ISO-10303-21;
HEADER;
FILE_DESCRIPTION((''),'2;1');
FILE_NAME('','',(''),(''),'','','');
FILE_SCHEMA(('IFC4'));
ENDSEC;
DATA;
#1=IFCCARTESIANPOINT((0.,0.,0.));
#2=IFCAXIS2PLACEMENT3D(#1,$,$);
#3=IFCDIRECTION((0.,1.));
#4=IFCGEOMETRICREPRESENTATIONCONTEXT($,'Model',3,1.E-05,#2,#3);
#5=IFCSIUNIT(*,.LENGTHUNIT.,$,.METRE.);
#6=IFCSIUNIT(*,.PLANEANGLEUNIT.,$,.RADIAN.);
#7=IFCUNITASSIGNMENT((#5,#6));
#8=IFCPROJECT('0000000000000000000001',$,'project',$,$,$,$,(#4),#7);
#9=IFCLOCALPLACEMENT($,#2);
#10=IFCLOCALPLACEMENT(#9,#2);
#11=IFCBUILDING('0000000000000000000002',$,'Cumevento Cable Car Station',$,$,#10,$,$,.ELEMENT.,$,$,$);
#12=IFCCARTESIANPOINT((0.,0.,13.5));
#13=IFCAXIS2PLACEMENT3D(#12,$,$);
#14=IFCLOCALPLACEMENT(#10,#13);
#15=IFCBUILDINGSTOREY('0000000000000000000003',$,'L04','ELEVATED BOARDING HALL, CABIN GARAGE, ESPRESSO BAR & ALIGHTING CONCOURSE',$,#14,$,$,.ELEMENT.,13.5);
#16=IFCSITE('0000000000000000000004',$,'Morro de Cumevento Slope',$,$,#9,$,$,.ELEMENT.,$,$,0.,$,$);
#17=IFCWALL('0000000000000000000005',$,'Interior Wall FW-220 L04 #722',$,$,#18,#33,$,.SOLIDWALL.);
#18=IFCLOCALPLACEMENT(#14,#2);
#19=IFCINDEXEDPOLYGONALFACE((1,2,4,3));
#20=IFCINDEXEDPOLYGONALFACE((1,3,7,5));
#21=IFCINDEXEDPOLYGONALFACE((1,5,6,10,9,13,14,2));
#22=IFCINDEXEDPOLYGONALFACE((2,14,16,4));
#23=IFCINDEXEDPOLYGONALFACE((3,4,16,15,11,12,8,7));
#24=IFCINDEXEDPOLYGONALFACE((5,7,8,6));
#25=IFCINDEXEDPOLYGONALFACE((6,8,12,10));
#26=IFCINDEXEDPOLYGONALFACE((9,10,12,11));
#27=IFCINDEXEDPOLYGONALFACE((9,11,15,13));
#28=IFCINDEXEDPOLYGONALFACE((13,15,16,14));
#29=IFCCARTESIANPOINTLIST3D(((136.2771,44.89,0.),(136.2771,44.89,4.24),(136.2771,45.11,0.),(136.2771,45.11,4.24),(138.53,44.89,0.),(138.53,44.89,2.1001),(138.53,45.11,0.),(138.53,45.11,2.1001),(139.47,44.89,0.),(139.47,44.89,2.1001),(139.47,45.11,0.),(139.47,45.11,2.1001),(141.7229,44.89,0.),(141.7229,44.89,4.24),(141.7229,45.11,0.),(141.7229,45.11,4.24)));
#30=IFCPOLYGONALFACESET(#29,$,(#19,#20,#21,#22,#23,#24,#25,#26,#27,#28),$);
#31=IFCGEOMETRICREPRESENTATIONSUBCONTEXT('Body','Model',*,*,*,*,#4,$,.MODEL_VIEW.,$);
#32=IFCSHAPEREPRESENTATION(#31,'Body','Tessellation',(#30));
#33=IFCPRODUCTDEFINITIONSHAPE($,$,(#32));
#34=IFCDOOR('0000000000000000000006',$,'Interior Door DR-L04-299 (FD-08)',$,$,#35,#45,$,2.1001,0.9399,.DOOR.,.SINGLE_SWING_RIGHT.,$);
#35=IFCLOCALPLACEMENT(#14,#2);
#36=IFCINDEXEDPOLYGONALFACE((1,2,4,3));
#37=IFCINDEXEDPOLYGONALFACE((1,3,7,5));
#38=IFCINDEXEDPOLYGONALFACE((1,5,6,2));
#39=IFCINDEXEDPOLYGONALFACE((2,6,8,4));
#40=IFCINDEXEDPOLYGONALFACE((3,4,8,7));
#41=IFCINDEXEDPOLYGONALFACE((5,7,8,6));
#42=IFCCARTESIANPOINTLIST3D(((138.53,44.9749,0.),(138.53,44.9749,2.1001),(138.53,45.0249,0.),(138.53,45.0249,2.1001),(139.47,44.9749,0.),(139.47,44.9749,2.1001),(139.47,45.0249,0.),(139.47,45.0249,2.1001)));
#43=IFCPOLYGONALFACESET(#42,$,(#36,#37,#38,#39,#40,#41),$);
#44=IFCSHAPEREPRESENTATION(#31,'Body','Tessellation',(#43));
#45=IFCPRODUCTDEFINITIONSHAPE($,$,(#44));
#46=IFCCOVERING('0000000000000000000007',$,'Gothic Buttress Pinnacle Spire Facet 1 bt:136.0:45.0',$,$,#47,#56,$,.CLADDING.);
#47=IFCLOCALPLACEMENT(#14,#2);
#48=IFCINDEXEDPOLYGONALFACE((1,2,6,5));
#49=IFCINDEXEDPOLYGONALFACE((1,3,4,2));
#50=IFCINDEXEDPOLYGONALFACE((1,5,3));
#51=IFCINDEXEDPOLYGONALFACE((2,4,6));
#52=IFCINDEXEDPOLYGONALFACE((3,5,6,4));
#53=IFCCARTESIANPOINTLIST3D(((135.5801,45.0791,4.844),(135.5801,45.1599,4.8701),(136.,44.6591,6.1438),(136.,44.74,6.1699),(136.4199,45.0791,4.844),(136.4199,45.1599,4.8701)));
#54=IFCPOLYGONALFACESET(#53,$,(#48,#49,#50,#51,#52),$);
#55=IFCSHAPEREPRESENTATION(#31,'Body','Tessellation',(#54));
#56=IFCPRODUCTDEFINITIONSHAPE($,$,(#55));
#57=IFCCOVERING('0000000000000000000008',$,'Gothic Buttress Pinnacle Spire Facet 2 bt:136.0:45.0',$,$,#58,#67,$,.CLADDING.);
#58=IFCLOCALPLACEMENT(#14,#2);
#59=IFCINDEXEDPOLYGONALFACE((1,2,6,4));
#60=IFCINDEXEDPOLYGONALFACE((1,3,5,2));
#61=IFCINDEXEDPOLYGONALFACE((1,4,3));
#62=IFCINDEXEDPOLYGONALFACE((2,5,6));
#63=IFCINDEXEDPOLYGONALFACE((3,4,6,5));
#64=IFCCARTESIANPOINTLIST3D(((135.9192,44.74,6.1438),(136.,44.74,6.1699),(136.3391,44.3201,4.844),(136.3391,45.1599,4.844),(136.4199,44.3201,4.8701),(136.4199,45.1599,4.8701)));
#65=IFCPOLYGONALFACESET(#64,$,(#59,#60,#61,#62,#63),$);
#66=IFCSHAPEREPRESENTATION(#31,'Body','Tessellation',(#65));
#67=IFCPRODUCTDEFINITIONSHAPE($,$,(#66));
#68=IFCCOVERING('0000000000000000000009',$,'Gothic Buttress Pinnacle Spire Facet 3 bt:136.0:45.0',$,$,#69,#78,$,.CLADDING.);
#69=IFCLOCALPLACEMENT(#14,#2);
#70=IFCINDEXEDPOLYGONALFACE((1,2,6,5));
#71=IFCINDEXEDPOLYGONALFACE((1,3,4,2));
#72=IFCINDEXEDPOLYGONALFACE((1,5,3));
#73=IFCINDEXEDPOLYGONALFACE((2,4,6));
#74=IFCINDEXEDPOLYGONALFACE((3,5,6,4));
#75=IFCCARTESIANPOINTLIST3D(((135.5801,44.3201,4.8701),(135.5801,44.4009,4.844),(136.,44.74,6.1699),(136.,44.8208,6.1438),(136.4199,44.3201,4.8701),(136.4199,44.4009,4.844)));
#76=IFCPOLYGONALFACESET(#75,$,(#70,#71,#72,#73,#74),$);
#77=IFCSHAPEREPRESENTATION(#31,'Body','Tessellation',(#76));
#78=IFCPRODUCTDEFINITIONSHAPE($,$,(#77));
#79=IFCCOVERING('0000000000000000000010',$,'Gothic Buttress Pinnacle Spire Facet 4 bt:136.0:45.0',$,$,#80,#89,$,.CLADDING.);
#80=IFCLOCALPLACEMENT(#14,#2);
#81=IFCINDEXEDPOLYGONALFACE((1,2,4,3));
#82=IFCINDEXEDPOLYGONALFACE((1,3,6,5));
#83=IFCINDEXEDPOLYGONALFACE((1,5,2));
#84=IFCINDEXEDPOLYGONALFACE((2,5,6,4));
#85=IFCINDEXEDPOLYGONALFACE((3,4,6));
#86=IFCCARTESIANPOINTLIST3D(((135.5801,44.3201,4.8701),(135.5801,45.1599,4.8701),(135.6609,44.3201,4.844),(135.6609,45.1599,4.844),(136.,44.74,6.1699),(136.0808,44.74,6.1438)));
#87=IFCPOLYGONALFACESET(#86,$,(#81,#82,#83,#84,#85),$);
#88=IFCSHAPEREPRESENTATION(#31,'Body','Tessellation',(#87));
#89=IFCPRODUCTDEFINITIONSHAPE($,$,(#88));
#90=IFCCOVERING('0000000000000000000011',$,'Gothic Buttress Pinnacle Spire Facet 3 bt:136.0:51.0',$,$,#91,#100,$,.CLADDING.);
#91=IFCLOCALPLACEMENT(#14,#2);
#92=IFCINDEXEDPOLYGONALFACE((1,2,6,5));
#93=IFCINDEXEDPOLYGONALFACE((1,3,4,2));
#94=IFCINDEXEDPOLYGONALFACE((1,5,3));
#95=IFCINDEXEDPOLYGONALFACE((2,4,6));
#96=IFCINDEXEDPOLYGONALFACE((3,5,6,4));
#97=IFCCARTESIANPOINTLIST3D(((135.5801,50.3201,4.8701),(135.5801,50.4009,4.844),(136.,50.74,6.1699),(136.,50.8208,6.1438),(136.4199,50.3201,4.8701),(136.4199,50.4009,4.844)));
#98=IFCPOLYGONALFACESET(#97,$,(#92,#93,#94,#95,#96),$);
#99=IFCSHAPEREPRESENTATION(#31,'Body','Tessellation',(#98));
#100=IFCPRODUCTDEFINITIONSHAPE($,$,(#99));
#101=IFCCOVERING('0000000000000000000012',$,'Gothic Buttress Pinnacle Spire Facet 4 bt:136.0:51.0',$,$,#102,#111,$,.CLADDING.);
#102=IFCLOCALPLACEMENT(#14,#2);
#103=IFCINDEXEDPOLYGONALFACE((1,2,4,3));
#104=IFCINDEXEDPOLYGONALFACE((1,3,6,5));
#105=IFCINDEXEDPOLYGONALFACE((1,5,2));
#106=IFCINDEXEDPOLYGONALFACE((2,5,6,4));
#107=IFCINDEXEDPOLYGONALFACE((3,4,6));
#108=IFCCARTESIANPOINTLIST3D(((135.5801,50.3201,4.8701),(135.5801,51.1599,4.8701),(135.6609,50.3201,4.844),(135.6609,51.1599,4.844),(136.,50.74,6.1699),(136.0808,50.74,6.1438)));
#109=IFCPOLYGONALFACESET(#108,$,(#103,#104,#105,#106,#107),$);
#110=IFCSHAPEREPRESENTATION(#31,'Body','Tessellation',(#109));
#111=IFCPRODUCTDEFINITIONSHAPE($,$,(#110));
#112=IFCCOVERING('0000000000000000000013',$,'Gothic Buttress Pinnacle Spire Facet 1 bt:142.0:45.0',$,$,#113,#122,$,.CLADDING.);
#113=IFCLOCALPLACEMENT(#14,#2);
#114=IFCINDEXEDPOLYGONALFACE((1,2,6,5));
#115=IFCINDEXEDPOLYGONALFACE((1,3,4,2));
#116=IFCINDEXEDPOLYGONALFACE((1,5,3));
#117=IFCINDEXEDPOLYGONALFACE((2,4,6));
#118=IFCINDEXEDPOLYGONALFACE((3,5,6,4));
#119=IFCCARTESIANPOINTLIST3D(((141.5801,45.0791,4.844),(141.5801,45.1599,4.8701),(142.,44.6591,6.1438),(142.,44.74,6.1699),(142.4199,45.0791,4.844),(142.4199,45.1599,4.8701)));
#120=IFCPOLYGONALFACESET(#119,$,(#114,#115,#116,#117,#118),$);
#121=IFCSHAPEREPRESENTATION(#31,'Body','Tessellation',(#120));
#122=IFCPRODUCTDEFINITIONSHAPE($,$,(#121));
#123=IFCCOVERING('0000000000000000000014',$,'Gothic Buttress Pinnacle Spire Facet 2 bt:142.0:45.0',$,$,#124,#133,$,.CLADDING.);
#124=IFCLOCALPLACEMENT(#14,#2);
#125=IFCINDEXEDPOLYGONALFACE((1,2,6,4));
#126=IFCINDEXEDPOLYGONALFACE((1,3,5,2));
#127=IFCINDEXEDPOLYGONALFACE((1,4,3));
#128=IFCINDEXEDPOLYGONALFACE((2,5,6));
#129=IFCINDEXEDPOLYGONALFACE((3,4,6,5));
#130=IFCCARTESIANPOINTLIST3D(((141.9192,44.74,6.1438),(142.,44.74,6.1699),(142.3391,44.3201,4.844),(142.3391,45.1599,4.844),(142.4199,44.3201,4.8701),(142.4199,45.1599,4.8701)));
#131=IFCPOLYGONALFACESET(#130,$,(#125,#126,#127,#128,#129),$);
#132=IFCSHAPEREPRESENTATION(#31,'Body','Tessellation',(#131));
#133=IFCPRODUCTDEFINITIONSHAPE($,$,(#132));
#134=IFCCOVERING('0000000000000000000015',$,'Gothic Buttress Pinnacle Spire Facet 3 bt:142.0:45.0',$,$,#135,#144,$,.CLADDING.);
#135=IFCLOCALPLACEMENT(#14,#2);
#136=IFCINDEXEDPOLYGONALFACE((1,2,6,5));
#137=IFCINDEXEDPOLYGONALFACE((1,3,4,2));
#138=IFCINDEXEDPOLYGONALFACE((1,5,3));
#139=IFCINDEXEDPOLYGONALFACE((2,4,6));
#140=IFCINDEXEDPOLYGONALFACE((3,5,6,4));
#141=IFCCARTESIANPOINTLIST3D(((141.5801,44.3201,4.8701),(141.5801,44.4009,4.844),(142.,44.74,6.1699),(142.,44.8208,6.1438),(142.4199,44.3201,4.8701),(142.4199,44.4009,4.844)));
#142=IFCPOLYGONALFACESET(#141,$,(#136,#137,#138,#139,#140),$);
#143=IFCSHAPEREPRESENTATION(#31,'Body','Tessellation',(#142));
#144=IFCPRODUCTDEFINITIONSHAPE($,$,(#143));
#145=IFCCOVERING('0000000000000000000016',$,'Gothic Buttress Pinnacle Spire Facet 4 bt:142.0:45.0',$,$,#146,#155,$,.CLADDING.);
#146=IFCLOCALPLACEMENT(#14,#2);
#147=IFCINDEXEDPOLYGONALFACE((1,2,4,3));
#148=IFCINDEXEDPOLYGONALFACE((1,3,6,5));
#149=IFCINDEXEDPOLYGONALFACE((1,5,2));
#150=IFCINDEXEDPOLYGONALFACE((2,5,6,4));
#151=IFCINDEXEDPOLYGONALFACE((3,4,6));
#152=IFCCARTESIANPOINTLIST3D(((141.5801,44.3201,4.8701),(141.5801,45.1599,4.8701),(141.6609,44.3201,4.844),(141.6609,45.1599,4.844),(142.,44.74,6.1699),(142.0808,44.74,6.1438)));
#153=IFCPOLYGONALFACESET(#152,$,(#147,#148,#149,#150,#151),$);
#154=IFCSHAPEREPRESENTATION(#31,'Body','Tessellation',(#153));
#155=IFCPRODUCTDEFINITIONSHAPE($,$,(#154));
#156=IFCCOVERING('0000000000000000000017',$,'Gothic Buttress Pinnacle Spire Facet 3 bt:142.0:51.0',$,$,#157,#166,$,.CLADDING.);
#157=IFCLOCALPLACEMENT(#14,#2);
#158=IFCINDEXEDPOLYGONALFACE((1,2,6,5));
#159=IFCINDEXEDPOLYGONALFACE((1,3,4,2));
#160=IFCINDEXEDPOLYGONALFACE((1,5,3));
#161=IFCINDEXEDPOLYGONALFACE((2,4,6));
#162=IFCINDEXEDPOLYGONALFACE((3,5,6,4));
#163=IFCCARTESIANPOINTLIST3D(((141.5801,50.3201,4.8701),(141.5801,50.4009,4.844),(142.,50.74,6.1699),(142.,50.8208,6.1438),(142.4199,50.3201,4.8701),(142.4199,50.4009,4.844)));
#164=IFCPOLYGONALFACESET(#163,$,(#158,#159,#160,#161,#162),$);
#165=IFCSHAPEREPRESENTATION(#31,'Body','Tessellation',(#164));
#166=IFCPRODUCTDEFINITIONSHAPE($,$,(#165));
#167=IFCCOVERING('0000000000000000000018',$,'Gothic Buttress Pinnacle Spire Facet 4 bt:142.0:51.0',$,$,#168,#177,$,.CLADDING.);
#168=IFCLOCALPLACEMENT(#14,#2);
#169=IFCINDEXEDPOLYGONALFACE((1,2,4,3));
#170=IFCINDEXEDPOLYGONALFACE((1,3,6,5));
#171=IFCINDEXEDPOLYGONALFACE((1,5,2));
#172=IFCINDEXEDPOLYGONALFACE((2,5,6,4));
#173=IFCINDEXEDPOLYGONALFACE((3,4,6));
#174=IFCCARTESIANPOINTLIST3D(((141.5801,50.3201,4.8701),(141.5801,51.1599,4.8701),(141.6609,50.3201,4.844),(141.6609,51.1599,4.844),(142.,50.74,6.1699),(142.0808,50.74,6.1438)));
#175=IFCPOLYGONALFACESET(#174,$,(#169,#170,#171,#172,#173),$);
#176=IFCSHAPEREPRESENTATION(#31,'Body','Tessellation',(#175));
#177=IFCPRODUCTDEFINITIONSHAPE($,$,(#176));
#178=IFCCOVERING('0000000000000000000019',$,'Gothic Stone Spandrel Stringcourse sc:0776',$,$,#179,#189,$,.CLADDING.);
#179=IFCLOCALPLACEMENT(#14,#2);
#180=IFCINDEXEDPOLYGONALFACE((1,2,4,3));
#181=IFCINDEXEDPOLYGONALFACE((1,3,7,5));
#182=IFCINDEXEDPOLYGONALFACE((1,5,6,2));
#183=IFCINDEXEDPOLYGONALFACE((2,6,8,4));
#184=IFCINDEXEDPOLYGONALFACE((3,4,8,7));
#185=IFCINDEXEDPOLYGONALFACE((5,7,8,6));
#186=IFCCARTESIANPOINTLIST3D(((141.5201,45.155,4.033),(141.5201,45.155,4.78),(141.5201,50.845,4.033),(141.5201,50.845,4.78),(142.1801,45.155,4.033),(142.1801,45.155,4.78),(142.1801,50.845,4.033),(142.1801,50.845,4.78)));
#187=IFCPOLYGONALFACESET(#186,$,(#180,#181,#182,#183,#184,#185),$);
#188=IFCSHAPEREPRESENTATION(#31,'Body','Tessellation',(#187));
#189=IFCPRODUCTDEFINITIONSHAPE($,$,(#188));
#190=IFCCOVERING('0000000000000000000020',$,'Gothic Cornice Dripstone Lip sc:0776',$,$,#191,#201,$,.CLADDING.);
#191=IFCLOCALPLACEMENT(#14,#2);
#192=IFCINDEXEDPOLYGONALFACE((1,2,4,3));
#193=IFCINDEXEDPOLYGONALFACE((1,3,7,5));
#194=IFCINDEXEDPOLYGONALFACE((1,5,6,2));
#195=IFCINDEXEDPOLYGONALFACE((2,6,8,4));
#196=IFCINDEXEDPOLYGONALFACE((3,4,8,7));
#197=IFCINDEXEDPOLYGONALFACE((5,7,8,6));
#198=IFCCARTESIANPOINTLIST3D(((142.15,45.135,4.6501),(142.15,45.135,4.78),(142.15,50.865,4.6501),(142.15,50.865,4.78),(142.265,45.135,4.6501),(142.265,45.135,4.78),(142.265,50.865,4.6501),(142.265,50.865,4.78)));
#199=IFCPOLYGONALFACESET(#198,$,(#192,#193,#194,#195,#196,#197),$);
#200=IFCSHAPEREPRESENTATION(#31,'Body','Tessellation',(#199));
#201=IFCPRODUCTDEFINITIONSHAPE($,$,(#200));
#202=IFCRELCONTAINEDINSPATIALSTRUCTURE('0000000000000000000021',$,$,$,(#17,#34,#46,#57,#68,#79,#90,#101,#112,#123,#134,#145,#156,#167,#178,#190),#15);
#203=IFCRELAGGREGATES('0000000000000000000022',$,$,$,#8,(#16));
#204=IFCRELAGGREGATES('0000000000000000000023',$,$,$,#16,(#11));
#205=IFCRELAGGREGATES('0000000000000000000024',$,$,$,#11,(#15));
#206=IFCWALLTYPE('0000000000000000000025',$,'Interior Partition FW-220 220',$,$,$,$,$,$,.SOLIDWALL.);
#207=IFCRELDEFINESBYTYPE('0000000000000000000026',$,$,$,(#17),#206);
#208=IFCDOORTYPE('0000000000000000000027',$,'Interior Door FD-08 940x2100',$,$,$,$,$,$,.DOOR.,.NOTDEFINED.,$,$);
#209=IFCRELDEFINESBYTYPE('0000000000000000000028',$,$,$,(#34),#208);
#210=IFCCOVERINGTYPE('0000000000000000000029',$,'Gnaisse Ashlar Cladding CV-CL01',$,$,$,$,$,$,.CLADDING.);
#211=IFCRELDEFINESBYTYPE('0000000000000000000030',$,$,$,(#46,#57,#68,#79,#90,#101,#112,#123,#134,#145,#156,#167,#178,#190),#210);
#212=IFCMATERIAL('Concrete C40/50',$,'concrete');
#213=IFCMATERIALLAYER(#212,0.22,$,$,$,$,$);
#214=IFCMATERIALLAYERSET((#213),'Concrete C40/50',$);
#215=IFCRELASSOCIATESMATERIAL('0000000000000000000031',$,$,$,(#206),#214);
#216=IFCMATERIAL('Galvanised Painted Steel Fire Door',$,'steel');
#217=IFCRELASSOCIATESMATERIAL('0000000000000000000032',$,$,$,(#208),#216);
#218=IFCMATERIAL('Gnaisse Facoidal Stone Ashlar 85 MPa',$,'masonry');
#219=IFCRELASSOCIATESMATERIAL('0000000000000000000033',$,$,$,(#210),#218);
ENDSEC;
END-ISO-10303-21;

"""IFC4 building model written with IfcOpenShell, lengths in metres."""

from ifc_helpers import new_model, si_unit, direction, frame, frame_2d, origin, origin_2d, place, context, subcontext, project, spatial, polyline, rectangle, outline, extrude, material, layer, layer_set, type_object, element, fill, save


model = new_model("IFC4")

# Units and contexts
model_context = context("Model", 3, precision=1e-05, world=origin(), true_north=direction((0.0, 1.0)))
body_context = subcontext(model_context, "Body", "Model", "MODEL_VIEW")
ifc_project = project(units=[si_unit("LENGTHUNIT", "METRE"), si_unit("PLANEANGLEUNIT", "RADIAN")], contexts=[model_context])

# Site, building, storey
site_placement = place(None, origin())
site = spatial("IfcSite", under=ifc_project, at=site_placement, Name="Morro de Cumevento Slope", CompositionType="ELEMENT", RefElevation=0.0)
building_placement = place(site_placement, origin())
building = spatial("IfcBuilding", under=site, at=building_placement, Name="Cumevento Cable Car Station", CompositionType="ELEMENT")
storey_placement = place(building_placement, frame((0.0, 0.0, 13.5)))
storey = spatial("IfcBuildingStorey", under=building, at=storey_placement, Name="L04", Description="ELEVATED BOARDING HALL, CABIN GARAGE, ESPRESSO BAR & ALIGHTING CONCOURSE", CompositionType="ELEMENT", Elevation=13.5)

# Wall, opening, door
ifc_material_1 = material(Name="Concrete C40/50", Category="concrete")
ifc_layer_1 = layer(ifc_material_1, 0.22)
ifc_layer_set_1 = layer_set([ifc_layer_1], Name="Concrete C40/50")
wall_type_1 = type_object("IfcWallType", Name="Interior Partition FW-220 220", PredefinedType="SOLIDWALL", material=ifc_layer_set_1)
wall_1_placement = place(storey_placement, frame((136.2771, 45.0, 0.0), z_axis=(0.0, 0.0, 1.0), x_axis=(1.0, 0.0, 0.0)))
wall_1 = element("IfcWall", 1, at=wall_1_placement, inside=storey, type_object=wall_type_1, Name="Interior Wall FW-220 L04 #722", PredefinedType="SOLIDWALL", context=body_context, shape_type="SweptSolid", body=[
    extrude(rectangle(XDim=5.4458, YDim=0.22, at=frame_2d((2.7229, 0.0))), origin(), (0.0, 0.0, 1.0), 4.24),
])
opening_1_placement = place(wall_1_placement, frame((2.2529, 0.0, 0.0)))
opening_1 = element("IfcOpeningElement", 2, at=opening_1_placement, cuts=wall_1, PredefinedType="OPENING", context=body_context, shape_type="SweptSolid", body=[
    extrude(rectangle(XDim=0.9399, YDim=2.1001, at=frame_2d((0.47, 1.05))), frame((0.0, 0.1199, 0.0), z_axis=(0.0, -1.0, 0.0), x_axis=(1.0, 0.0, 0.0)), (0.0, 0.0, 1.0), 0.24),
])
ifc_material_2 = material(Name="Galvanised Painted Steel Fire Door", Category="steel")
door_type = type_object("IfcDoorType", Name="Interior Door FD-08 940x2100", OperationType="NOTDEFINED", PredefinedType="DOOR", material=ifc_material_2)
door_placement = place(opening_1_placement, origin())
door = element("IfcDoor", 3, at=door_placement, inside=storey, type_object=door_type, Name="Interior Door DR-L04-299 (FD-08)", OperationType="SINGLE_SWING_RIGHT", OverallHeight=2.1001, OverallWidth=0.9399, PredefinedType="DOOR", context=body_context, shape_type="SweptSolid", body=[
    extrude(rectangle(XDim=0.9399, YDim=2.1001, at=frame_2d((0.47, 1.05))), frame((0.0, 0.0249, 0.0), z_axis=(0.0, -1.0, 0.0), x_axis=(1.0, 0.0, 0.0)), (0.0, 0.0, 1.0), 0.05),
])
fill(opening_1, door)

# Coverings
ifc_material_3 = material(Name="Gnaisse Facoidal Stone Ashlar 85 MPa", Category="masonry")
covering_type = type_object("IfcCoveringType", Name="Gnaisse Ashlar Cladding CV-CL01", PredefinedType="CLADDING", material=ifc_material_3)
for number, where, z_axis, x_axis, name in (
    (4, (135.5801, 45.1599, 4.8701), (0.0, 0.951574, 0.307421), (1.0, 0.0, 0.0), "Gothic Buttress Pinnacle Spire Facet 1 bt:136.0:45.0"),
    (5, (136.4199, 45.1599, 4.8701), (0.951574, 0.0, 0.307421), (0.0, -1.0, 0.0), "Gothic Buttress Pinnacle Spire Facet 2 bt:136.0:45.0"),
    (6, (136.4199, 44.3201, 4.8701), (0.0, -0.951574, 0.307421), (-1.0, 0.0, 0.0), "Gothic Buttress Pinnacle Spire Facet 3 bt:136.0:45.0"),
    (7, (135.5801, 44.3201, 4.8701), (-0.951574, 0.0, 0.307421), (0.0, 1.0, 0.0), "Gothic Buttress Pinnacle Spire Facet 4 bt:136.0:45.0"),
    (8, (136.4199, 50.3201, 4.8701), (0.0, -0.951574, 0.307421), (-1.0, 0.0, 0.0), "Gothic Buttress Pinnacle Spire Facet 3 bt:136.0:51.0"),
    (9, (135.5801, 50.3201, 4.8701), (-0.951574, 0.0, 0.307421), (0.0, 1.0, 0.0), "Gothic Buttress Pinnacle Spire Facet 4 bt:136.0:51.0"),
    (10, (141.5801, 45.1599, 4.8701), (0.0, 0.951574, 0.307421), (1.0, 0.0, 0.0), "Gothic Buttress Pinnacle Spire Facet 1 bt:142.0:45.0"),
    (11, (142.4199, 45.1599, 4.8701), (0.951574, 0.0, 0.307421), (0.0, -1.0, 0.0), "Gothic Buttress Pinnacle Spire Facet 2 bt:142.0:45.0"),
    (12, (142.4199, 44.3201, 4.8701), (0.0, -0.951574, 0.307421), (-1.0, 0.0, 0.0), "Gothic Buttress Pinnacle Spire Facet 3 bt:142.0:45.0"),
    (13, (141.5801, 44.3201, 4.8701), (-0.951574, 0.0, 0.307421), (0.0, 1.0, 0.0), "Gothic Buttress Pinnacle Spire Facet 4 bt:142.0:45.0"),
    (14, (142.4199, 50.3201, 4.8701), (0.0, -0.951574, 0.307421), (-1.0, 0.0, 0.0), "Gothic Buttress Pinnacle Spire Facet 3 bt:142.0:51.0"),
    (15, (141.5801, 50.3201, 4.8701), (-0.951574, 0.0, 0.307421), (0.0, 1.0, 0.0), "Gothic Buttress Pinnacle Spire Facet 4 bt:142.0:51.0"),
):
    element("IfcCovering", number, at=place(storey_placement, frame(where, z_axis=z_axis, x_axis=x_axis)), inside=storey, type_object=covering_type, Name=name, PredefinedType="CLADDING", context=body_context, shape_type="SweptSolid", body=[
        extrude(outline(polyline([(0.0, 0.0), (0.8398, 0.0), (0.4199, -1.366), (0.0, 0.0)])), origin(), (0.0, 0.0, -1.0), 0.085),
    ])
covering_1_placement = place(storey_placement, frame((141.8501, 48.0, 4.033), z_axis=(0.0, 0.0, 1.0), x_axis=(0.0, -1.0, 0.0)))
element("IfcCovering", 16, at=covering_1_placement, inside=storey, type_object=covering_type, Name="Gothic Stone Spandrel Stringcourse sc:0776", PredefinedType="CLADDING", context=body_context, shape_type="SweptSolid", body=[
    extrude(rectangle(XDim=5.6899, YDim=0.6599, at=origin_2d()), origin(), (0.0, 0.0, 1.0), 0.7471),
])
covering_2_placement = place(storey_placement, frame((142.2075, 48.0, 4.6501), z_axis=(0.0, 0.0, 1.0), x_axis=(0.0, -1.0, 0.0)))
element("IfcCovering", 17, at=covering_2_placement, inside=storey, type_object=covering_type, Name="Gothic Cornice Dripstone Lip sc:0776", PredefinedType="CLADDING", context=body_context, shape_type="SweptSolid", body=[
    extrude(rectangle(XDim=5.73, YDim=0.115, at=origin_2d()), origin(), (0.0, 0.0, 1.0), 0.1299),
])

save(model, "model.ifc")
